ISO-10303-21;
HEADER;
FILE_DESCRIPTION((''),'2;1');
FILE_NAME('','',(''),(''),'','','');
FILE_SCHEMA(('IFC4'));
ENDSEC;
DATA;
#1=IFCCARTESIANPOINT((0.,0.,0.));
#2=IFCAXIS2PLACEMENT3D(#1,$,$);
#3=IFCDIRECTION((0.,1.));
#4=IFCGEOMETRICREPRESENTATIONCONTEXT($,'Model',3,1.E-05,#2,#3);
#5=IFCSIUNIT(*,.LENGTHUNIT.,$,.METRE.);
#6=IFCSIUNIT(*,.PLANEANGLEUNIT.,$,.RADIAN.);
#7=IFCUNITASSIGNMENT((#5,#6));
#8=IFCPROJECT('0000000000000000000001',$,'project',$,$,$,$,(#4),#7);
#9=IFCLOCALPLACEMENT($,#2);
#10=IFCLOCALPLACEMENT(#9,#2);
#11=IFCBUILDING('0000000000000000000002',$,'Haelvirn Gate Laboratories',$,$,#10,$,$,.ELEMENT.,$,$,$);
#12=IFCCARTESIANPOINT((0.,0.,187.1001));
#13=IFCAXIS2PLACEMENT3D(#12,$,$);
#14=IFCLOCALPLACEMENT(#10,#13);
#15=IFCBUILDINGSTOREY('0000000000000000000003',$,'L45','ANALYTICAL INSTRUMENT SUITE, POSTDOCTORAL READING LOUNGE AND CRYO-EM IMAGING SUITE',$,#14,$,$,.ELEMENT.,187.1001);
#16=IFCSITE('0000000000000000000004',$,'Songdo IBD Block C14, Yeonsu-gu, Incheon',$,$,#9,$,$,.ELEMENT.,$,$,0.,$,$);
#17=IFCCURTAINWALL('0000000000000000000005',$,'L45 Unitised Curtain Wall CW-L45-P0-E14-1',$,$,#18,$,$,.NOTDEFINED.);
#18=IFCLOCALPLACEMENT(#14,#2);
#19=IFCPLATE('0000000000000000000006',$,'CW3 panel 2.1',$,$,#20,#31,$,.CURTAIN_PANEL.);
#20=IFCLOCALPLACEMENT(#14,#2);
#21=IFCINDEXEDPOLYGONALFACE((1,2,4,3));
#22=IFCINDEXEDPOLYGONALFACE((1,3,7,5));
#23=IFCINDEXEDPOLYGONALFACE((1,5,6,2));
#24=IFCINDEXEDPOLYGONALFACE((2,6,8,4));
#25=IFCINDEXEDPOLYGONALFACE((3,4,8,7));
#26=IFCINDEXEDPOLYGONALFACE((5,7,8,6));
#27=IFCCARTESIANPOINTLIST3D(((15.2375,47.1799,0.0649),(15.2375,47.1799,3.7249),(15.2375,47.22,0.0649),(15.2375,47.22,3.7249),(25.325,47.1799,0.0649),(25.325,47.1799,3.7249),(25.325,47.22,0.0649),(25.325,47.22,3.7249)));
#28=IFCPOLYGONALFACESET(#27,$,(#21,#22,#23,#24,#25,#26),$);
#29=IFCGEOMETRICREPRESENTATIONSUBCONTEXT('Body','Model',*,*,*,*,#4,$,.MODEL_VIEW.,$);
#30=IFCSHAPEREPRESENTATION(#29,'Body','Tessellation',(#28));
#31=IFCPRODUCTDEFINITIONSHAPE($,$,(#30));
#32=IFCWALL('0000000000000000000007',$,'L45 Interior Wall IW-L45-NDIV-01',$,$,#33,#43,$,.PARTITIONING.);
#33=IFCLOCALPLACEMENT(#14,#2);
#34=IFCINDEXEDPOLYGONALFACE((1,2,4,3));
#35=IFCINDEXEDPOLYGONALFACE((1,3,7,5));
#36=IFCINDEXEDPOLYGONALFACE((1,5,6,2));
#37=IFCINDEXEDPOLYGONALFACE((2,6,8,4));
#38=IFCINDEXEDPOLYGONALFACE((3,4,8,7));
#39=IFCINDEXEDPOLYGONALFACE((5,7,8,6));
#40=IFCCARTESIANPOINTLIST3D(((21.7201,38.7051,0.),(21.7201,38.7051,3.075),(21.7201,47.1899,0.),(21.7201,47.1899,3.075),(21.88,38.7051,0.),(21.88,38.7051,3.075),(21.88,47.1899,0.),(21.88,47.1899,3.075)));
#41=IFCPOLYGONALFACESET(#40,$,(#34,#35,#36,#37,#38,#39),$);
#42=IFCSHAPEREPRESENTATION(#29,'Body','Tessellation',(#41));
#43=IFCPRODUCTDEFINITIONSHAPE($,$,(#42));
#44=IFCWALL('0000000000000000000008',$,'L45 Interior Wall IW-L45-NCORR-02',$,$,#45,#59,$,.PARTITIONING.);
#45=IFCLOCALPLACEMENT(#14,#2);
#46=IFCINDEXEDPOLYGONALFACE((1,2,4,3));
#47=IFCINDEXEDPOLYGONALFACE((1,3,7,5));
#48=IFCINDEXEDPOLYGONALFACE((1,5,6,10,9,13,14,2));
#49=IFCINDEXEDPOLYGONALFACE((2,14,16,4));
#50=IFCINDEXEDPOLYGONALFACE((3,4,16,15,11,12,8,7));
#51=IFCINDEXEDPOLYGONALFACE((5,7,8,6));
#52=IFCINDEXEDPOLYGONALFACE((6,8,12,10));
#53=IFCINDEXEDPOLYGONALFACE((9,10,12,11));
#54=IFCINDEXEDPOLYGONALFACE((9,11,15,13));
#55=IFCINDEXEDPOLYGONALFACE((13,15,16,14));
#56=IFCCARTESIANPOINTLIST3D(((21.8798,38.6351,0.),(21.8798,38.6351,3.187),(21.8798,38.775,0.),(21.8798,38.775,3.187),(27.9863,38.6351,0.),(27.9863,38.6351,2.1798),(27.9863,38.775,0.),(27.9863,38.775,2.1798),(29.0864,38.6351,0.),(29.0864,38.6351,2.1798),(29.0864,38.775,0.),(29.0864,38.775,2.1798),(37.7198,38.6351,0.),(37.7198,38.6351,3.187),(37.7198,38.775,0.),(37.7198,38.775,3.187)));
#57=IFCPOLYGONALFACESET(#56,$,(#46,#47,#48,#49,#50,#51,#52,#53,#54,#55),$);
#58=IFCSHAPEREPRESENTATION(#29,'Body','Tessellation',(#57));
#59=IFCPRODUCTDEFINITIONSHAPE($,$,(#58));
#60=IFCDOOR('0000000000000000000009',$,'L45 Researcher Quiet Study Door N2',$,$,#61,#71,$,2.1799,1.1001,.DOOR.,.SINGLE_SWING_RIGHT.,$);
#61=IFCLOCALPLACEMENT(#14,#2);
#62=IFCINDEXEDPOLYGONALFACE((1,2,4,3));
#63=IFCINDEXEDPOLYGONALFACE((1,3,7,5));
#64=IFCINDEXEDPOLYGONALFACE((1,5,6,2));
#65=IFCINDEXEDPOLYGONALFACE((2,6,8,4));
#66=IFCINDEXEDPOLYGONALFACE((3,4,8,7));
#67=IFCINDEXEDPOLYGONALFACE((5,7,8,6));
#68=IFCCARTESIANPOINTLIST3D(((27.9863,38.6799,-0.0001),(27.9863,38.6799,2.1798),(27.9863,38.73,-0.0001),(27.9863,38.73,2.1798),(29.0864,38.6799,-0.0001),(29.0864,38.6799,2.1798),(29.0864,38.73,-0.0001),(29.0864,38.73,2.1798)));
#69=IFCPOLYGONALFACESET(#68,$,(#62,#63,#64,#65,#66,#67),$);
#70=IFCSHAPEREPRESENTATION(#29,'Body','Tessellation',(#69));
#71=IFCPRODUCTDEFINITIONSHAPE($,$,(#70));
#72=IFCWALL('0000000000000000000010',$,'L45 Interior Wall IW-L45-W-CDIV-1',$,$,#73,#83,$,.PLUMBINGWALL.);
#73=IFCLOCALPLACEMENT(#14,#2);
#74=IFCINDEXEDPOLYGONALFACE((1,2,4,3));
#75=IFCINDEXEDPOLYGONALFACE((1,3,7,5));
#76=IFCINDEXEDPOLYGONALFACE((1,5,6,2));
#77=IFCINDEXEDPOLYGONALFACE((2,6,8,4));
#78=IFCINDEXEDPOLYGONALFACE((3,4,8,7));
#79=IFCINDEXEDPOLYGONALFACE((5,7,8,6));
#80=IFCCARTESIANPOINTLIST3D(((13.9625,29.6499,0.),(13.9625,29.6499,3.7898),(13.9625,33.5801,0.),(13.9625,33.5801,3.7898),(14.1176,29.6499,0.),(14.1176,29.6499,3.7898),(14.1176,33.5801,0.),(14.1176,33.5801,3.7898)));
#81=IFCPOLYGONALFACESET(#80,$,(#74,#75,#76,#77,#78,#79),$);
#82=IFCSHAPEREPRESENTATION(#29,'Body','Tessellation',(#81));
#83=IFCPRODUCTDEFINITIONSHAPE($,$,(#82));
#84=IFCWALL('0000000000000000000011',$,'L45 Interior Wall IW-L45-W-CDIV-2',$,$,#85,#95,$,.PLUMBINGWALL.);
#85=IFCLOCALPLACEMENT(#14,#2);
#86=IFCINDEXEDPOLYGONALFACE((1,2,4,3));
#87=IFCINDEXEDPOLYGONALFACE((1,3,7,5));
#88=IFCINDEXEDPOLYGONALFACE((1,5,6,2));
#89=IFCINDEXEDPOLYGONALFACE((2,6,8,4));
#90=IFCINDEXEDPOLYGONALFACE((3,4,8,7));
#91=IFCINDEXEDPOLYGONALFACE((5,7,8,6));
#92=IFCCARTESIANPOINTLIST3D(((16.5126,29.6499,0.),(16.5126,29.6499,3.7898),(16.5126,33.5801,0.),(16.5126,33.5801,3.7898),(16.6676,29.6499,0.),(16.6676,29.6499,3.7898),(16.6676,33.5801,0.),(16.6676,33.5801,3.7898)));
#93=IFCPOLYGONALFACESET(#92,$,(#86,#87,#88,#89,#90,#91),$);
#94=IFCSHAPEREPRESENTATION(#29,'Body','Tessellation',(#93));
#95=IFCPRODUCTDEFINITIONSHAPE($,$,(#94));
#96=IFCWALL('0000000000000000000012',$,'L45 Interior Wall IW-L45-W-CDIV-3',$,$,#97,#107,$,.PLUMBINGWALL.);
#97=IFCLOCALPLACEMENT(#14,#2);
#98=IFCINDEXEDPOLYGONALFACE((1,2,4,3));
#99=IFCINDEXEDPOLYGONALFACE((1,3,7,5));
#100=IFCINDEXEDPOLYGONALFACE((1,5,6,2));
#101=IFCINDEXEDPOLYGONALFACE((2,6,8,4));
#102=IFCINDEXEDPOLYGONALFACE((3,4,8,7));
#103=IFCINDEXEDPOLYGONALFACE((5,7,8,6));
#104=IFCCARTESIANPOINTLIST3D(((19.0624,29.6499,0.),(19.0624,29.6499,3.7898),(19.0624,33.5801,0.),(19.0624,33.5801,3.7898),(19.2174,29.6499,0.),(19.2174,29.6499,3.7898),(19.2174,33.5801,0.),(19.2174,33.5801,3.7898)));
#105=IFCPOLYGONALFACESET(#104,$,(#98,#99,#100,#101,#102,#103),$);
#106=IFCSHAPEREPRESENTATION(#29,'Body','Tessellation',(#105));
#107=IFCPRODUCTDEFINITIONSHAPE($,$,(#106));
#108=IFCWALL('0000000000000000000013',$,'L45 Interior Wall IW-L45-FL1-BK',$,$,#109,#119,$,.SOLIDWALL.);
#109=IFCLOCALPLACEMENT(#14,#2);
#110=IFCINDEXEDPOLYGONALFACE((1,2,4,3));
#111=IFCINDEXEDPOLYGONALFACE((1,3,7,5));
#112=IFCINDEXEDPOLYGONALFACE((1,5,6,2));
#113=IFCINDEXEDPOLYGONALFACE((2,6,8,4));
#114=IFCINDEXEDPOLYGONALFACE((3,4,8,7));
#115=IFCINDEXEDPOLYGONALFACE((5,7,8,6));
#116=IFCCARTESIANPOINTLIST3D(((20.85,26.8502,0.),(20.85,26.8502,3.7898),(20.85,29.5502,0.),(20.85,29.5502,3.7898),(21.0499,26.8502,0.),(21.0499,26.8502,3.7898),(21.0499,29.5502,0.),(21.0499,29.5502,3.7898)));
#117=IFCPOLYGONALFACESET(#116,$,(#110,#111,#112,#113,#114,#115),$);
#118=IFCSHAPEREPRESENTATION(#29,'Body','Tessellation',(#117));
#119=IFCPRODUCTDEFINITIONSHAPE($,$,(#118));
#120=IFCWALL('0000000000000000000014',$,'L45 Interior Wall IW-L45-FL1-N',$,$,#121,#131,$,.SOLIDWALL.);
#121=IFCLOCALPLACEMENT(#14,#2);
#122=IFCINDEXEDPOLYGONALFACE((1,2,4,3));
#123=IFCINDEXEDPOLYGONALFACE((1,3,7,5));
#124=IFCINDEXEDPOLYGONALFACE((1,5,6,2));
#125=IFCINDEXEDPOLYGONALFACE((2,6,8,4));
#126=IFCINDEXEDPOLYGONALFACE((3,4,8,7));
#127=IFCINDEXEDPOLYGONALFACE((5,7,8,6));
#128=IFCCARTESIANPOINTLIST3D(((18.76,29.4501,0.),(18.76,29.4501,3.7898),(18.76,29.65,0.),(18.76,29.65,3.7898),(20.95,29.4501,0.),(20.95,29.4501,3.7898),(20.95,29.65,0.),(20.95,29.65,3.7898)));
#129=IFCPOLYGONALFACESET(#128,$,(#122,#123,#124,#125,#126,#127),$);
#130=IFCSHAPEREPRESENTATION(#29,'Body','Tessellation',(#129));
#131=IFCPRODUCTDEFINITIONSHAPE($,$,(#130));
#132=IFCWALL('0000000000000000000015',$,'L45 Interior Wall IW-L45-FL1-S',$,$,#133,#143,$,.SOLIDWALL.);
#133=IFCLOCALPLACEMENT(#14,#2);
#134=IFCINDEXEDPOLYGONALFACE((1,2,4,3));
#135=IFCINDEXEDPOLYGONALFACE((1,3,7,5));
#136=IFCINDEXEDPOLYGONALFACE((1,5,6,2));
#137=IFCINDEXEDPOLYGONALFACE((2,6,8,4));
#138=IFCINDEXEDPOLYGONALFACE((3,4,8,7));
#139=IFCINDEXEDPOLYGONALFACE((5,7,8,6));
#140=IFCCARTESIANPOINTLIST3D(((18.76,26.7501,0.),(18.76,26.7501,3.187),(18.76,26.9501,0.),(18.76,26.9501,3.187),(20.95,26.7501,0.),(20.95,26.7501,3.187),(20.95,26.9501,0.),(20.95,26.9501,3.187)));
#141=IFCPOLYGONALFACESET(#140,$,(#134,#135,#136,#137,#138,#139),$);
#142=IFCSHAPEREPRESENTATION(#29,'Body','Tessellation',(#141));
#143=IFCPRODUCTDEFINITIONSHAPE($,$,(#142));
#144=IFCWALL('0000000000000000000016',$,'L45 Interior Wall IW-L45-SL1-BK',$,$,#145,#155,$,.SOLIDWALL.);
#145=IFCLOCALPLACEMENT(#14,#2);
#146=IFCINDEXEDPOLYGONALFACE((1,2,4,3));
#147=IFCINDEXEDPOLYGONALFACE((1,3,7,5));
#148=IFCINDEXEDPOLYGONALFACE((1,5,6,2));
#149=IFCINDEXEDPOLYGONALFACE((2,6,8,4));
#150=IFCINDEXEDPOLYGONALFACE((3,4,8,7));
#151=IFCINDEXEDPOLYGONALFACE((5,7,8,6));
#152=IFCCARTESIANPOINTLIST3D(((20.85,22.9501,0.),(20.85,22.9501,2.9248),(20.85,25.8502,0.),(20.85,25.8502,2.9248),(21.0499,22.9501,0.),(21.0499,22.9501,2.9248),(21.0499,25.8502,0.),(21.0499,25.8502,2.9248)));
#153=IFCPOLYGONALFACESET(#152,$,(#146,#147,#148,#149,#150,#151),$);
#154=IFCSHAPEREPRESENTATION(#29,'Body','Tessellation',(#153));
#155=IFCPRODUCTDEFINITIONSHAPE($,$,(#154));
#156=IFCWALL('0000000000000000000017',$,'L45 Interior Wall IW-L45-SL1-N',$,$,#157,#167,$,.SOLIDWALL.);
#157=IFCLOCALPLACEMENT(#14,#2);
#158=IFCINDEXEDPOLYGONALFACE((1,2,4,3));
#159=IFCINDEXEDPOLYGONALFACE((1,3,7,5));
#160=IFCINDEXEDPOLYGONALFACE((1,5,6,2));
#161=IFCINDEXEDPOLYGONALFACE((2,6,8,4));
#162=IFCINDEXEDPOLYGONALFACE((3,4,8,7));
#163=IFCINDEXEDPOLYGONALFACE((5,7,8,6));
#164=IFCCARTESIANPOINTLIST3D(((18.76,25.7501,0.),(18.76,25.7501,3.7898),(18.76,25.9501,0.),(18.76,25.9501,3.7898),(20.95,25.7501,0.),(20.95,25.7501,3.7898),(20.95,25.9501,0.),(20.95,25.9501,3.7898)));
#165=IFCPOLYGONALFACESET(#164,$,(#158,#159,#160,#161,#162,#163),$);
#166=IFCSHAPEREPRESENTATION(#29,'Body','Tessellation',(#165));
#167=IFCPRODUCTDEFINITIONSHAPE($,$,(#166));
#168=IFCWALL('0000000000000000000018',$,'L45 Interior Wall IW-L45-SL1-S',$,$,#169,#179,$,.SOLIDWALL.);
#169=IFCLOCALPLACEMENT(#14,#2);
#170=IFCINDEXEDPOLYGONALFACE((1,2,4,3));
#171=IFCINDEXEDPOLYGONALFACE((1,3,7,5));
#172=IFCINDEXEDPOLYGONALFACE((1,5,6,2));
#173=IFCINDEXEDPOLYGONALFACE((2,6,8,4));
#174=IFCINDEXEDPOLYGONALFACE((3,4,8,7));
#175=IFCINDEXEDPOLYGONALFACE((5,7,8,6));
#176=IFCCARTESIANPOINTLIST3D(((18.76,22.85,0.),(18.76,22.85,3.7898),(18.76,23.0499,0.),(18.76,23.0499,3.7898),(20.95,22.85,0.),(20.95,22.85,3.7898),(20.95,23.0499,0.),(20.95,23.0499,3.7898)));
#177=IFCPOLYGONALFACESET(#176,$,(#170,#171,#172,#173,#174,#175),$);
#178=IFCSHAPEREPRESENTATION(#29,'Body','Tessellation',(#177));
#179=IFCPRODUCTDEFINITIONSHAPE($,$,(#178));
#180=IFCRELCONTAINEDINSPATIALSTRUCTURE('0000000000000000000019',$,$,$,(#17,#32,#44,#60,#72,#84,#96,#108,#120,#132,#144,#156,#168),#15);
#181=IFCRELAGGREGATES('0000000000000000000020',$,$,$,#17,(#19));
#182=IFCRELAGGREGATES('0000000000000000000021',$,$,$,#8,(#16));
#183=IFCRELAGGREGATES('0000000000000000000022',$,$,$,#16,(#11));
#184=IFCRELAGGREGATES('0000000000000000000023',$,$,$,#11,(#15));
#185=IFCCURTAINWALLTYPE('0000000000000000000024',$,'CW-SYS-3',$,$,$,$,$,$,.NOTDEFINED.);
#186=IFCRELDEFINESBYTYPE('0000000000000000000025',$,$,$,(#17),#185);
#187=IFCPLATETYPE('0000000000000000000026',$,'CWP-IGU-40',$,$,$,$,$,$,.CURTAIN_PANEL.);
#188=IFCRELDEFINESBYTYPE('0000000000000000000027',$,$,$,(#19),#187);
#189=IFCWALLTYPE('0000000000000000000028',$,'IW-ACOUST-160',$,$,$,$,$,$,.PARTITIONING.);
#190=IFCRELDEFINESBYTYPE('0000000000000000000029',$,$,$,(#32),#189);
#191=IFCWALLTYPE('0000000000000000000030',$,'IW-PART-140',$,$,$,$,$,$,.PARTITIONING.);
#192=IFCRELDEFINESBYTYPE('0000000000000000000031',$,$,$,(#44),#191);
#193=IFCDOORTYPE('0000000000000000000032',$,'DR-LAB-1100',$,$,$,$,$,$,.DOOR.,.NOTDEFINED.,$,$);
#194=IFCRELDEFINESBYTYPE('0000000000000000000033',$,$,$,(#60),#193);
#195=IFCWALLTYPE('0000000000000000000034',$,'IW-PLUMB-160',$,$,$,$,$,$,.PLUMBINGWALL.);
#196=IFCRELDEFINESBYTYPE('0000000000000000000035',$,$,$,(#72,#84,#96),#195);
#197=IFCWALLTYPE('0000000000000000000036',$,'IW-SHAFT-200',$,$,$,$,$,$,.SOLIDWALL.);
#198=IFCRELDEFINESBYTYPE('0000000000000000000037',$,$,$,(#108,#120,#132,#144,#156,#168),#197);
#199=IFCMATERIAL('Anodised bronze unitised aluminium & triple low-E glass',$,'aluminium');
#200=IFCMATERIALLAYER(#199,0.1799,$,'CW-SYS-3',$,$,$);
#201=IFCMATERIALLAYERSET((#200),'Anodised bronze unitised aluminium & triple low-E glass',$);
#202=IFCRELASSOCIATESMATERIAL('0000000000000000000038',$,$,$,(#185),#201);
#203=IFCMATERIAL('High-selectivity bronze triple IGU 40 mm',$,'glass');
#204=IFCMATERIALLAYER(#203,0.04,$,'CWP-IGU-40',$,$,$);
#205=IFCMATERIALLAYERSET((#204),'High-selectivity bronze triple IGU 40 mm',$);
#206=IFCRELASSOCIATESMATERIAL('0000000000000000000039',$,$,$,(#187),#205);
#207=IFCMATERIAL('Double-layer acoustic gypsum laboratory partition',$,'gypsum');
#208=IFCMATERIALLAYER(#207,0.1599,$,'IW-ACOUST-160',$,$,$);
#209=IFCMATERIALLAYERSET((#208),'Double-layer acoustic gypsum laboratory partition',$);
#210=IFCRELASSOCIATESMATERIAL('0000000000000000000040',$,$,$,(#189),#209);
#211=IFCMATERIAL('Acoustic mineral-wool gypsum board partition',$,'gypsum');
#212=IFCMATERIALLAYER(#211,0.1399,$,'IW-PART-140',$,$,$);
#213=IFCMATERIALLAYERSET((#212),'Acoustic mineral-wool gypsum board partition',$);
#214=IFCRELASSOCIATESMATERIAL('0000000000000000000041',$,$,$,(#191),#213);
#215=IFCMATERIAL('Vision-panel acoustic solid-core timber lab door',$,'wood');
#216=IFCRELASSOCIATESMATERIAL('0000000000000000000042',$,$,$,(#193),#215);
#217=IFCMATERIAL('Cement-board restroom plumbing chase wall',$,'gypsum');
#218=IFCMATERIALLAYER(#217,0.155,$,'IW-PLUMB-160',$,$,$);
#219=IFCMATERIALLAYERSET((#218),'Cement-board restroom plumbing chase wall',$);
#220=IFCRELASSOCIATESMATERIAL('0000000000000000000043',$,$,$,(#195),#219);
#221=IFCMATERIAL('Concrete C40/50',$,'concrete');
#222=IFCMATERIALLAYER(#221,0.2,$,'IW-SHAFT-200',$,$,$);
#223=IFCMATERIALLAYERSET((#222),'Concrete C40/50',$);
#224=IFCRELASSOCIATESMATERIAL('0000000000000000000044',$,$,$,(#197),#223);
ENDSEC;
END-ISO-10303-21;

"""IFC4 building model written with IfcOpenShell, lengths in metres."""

from ifc_helpers import new_model, si_unit, direction, frame, frame_2d, origin, origin_2d, place, context, subcontext, project, spatial, rectangle, extrude, source, transform, mapped, material, layer, layer_set, type_object, type_shapes, element, fill, aggregate, save


model = new_model("IFC4")

# Units and contexts
model_context = context("Model", 3, precision=1e-05, world=origin(), true_north=direction((0.0, 1.0)))
body_context = subcontext(model_context, "Body", "Model", "MODEL_VIEW")
ifc_project = project(units=[si_unit("LENGTHUNIT", "METRE"), si_unit("PLANEANGLEUNIT", "RADIAN")], contexts=[model_context])

# Site, building, storey
site_placement = place(None, origin())
site = spatial("IfcSite", under=ifc_project, at=site_placement, Name="Songdo IBD Block C14, Yeonsu-gu, Incheon", CompositionType="ELEMENT", RefElevation=0.0)
building_placement = place(site_placement, origin())
building = spatial("IfcBuilding", under=site, at=building_placement, Name="Haelvirn Gate Laboratories", CompositionType="ELEMENT")
storey_placement = place(building_placement, frame((0.0, 0.0, 187.1001)))
storey = spatial("IfcBuildingStorey", under=building, at=storey_placement, Name="L45", Description="ANALYTICAL INSTRUMENT SUITE, POSTDOCTORAL READING LOUNGE AND CRYO-EM IMAGING SUITE", CompositionType="ELEMENT", Elevation=187.1001)

# Curtain wall, plate
ifc_material_1 = material(Name="Anodised bronze unitised aluminium & triple low-E glass", Category="aluminium")
ifc_layer_1 = layer(ifc_material_1, 0.1799, Name="CW-SYS-3")
ifc_layer_set_1 = layer_set([ifc_layer_1], Name="Anodised bronze unitised aluminium & triple low-E glass")
curtain_wall_type = type_object("IfcCurtainWallType", Name="CW-SYS-3", PredefinedType="NOTDEFINED", material=ifc_layer_set_1)
curtain_wall_placement = place(storey_placement, origin())
curtain_wall = element("IfcCurtainWall", 1, at=curtain_wall_placement, inside=storey, type_object=curtain_wall_type, Name="L45 Unitised Curtain Wall CW-L45-P0-E14-1", PredefinedType="NOTDEFINED")
ifc_material_2 = material(Name="High-selectivity bronze triple IGU 40 mm", Category="glass")
ifc_layer_2 = layer(ifc_material_2, 0.04, Name="CWP-IGU-40")
ifc_layer_set_2 = layer_set([ifc_layer_2], Name="High-selectivity bronze triple IGU 40 mm")
plate_type = type_object("IfcPlateType", Name="CWP-IGU-40", PredefinedType="CURTAIN_PANEL", material=ifc_layer_set_2)
shared_shape_1 = source(origin(), body_context, "Body", "SweptSolid", [
    extrude(rectangle(XDim=10.0874, YDim=0.04, at=origin_2d()), origin(), (0.0, 0.0, 1.0), 3.6599),
])
type_shapes(plate_type, [shared_shape_1])
plate_placement = place(storey_placement, frame((20.2812, 47.2, 0.0649), z_axis=(0.0, 0.0, 1.0), x_axis=(1.0, 0.0, 0.0)))
plate = element("IfcPlate", 2, at=plate_placement, type_object=plate_type, Name="CW3 panel 2.1", PredefinedType="CURTAIN_PANEL", context=body_context, shape_type="MappedRepresentation", body=[
    mapped(shared_shape_1, transform((0.0, 0.0, 0.0), scale=1.0)),
])
aggregate(curtain_wall, [plate])

# Wall
ifc_material_3 = material(Name="Double-layer acoustic gypsum laboratory partition", Category="gypsum")
ifc_layer_3 = layer(ifc_material_3, 0.1599, Name="IW-ACOUST-160")
ifc_layer_set_3 = layer_set([ifc_layer_3], Name="Double-layer acoustic gypsum laboratory partition")
wall_type_1 = type_object("IfcWallType", Name="IW-ACOUST-160", PredefinedType="PARTITIONING", material=ifc_layer_set_3)
wall_1_placement = place(storey_placement, frame((21.8, 38.7051, 0.0), z_axis=(0.0, 0.0, 1.0), x_axis=(0.0, 1.0, 0.0)))
element("IfcWall", 3, at=wall_1_placement, inside=storey, type_object=wall_type_1, Name="L45 Interior Wall IW-L45-NDIV-01", PredefinedType="PARTITIONING", context=body_context, shape_type="SweptSolid", body=[
    extrude(rectangle(XDim=8.4849, YDim=0.1599, at=frame_2d((4.2424, 0.0))), origin(), (0.0, 0.0, 1.0), 3.075),
])

# Wall, opening, door
ifc_material_4 = material(Name="Acoustic mineral-wool gypsum board partition", Category="gypsum")
ifc_layer_4 = layer(ifc_material_4, 0.1399, Name="IW-PART-140")
ifc_layer_set_4 = layer_set([ifc_layer_4], Name="Acoustic mineral-wool gypsum board partition")
wall_type_2 = type_object("IfcWallType", Name="IW-PART-140", PredefinedType="PARTITIONING", material=ifc_layer_set_4)
wall_2_placement = place(storey_placement, frame((21.8799, 38.7051, 0.0), z_axis=(0.0, 0.0, 1.0), x_axis=(1.0, 0.0, 0.0)))
wall_2 = element("IfcWall", 4, at=wall_2_placement, inside=storey, type_object=wall_type_2, Name="L45 Interior Wall IW-L45-NCORR-02", PredefinedType="PARTITIONING", context=body_context, shape_type="SweptSolid", body=[
    extrude(rectangle(XDim=15.8401, YDim=0.1399, at=frame_2d((7.9199, 0.0))), origin(), (0.0, 0.0, 1.0), 3.187),
])
opening_placement = place(wall_2_placement, frame((6.1064, 0.0, 0.0)))
opening = element("IfcOpeningElement", 5, at=opening_placement, cuts=wall_2, PredefinedType="OPENING", context=body_context, shape_type="SweptSolid", body=[
    extrude(rectangle(XDim=1.1001, YDim=2.1799, at=frame_2d((0.55, 1.0898))), frame((0.0, 0.0801, 0.0), z_axis=(0.0, -1.0, 0.0), x_axis=(1.0, 0.0, 0.0)), (0.0, 0.0, 1.0), 0.1599),
])
ifc_material_5 = material(Name="Vision-panel acoustic solid-core timber lab door", Category="wood")
door_type = type_object("IfcDoorType", Name="DR-LAB-1100", OperationType="NOTDEFINED", PredefinedType="DOOR", material=ifc_material_5)
shared_shape_2 = source(origin(), body_context, "Body", "SweptSolid", [
    extrude(rectangle(XDim=1.1001, YDim=2.1799, at=frame_2d((0.55, 1.0898))), frame((0.0, 0.0249, 0.0), z_axis=(0.0, -1.0, 0.0), x_axis=(1.0, 0.0, 0.0)), (0.0, 0.0, 1.0), 0.05),
])
type_shapes(door_type, [shared_shape_2])
door_placement = place(opening_placement, origin())
door = element("IfcDoor", 6, at=door_placement, inside=storey, type_object=door_type, Name="L45 Researcher Quiet Study Door N2", OperationType="SINGLE_SWING_RIGHT", OverallHeight=2.1799, OverallWidth=1.1001, PredefinedType="DOOR", context=body_context, shape_type="MappedRepresentation", body=[
    mapped(shared_shape_2, transform((0.0, 0.0, 0.0), scale=1.0)),
])
fill(opening, door)

# Walls
ifc_material_6 = material(Name="Cement-board restroom plumbing chase wall", Category="gypsum")
ifc_layer_5 = layer(ifc_material_6, 0.155, Name="IW-PLUMB-160")
ifc_layer_set_5 = layer_set([ifc_layer_5], Name="Cement-board restroom plumbing chase wall")
wall_type_3 = type_object("IfcWallType", Name="IW-PLUMB-160", PredefinedType="PLUMBINGWALL", material=ifc_layer_set_5)
for number, where, z_axis, x_axis, name in (
    (7, (14.04, 29.6499, 0.0), (0.0, 0.0, 1.0), (0.0, 1.0, 0.0), "L45 Interior Wall IW-L45-W-CDIV-1"),
    (8, (16.5901, 29.6499, 0.0), (0.0, 0.0, 1.0), (0.0, 1.0, 0.0), "L45 Interior Wall IW-L45-W-CDIV-2"),
    (9, (19.1399, 29.6499, 0.0), (0.0, 0.0, 1.0), (0.0, 1.0, 0.0), "L45 Interior Wall IW-L45-W-CDIV-3"),
):
    element("IfcWall", number, at=place(storey_placement, frame(where, z_axis=z_axis, x_axis=x_axis)), inside=storey, type_object=wall_type_3, Name=name, PredefinedType="PLUMBINGWALL", context=body_context, shape_type="SweptSolid", body=[
        extrude(rectangle(XDim=3.9302, YDim=0.155, at=frame_2d((1.9651, 0.0))), origin(), (0.0, 0.0, 1.0), 3.7898),
    ])
ifc_material_7 = material(Name="Concrete C40/50", Category="concrete")
ifc_layer_6 = layer(ifc_material_7, 0.2, Name="IW-SHAFT-200")
ifc_layer_set_6 = layer_set([ifc_layer_6], Name="Concrete C40/50")
wall_type_4 = type_object("IfcWallType", Name="IW-SHAFT-200", PredefinedType="SOLIDWALL", material=ifc_layer_set_6)
wall_3_placement = place(storey_placement, frame((20.95, 26.8501, 0.0), z_axis=(0.0, 0.0, 1.0), x_axis=(0.0, 1.0, 0.0)))
element("IfcWall", 10, at=wall_3_placement, inside=storey, type_object=wall_type_4, Name="L45 Interior Wall IW-L45-FL1-BK", PredefinedType="SOLIDWALL", context=body_context, shape_type="SweptSolid", body=[
    extrude(rectangle(XDim=2.7, YDim=0.2, at=frame_2d((1.3501, 0.0))), origin(), (0.0, 0.0, 1.0), 3.7898),
])
wall_4_placement = place(storey_placement, frame((18.76, 29.55, 0.0), z_axis=(0.0, 0.0, 1.0), x_axis=(1.0, 0.0, 0.0)))
element("IfcWall", 11, at=wall_4_placement, inside=storey, type_object=wall_type_4, Name="L45 Interior Wall IW-L45-FL1-N", PredefinedType="SOLIDWALL", context=body_context, shape_type="SweptSolid", body=[
    extrude(rectangle(XDim=2.1899, YDim=0.2, at=frame_2d((1.095, 0.0))), origin(), (0.0, 0.0, 1.0), 3.7898),
])
wall_5_placement = place(storey_placement, frame((18.76, 26.8501, 0.0), z_axis=(0.0, 0.0, 1.0), x_axis=(1.0, 0.0, 0.0)))
element("IfcWall", 12, at=wall_5_placement, inside=storey, type_object=wall_type_4, Name="L45 Interior Wall IW-L45-FL1-S", PredefinedType="SOLIDWALL", context=body_context, shape_type="SweptSolid", body=[
    extrude(rectangle(XDim=2.1899, YDim=0.2, at=frame_2d((1.095, 0.0))), origin(), (0.0, 0.0, 1.0), 3.187),
])
wall_6_placement = place(storey_placement, frame((20.95, 22.95, 0.0), z_axis=(0.0, 0.0, 1.0), x_axis=(0.0, 1.0, 0.0)))
element("IfcWall", 13, at=wall_6_placement, inside=storey, type_object=wall_type_4, Name="L45 Interior Wall IW-L45-SL1-BK", PredefinedType="SOLIDWALL", context=body_context, shape_type="SweptSolid", body=[
    extrude(rectangle(XDim=2.9001, YDim=0.2, at=frame_2d((1.4502, 0.0))), origin(), (0.0, 0.0, 1.0), 2.9248),
])
for number, where, z_axis, x_axis, name in (
    (14, (18.76, 25.8501, 0.0), (0.0, 0.0, 1.0), (1.0, 0.0, 0.0), "L45 Interior Wall IW-L45-SL1-N"),
    (15, (18.76, 22.95, 0.0), (0.0, 0.0, 1.0), (1.0, 0.0, 0.0), "L45 Interior Wall IW-L45-SL1-S"),
):
    element("IfcWall", number, at=place(storey_placement, frame(where, z_axis=z_axis, x_axis=x_axis)), inside=storey, type_object=wall_type_4, Name=name, PredefinedType="SOLIDWALL", context=body_context, shape_type="SweptSolid", body=[
        extrude(rectangle(XDim=2.1899, YDim=0.2, at=frame_2d((1.095, 0.0))), origin(), (0.0, 0.0, 1.0), 3.7898),
    ])

save(model, "model.ifc")
